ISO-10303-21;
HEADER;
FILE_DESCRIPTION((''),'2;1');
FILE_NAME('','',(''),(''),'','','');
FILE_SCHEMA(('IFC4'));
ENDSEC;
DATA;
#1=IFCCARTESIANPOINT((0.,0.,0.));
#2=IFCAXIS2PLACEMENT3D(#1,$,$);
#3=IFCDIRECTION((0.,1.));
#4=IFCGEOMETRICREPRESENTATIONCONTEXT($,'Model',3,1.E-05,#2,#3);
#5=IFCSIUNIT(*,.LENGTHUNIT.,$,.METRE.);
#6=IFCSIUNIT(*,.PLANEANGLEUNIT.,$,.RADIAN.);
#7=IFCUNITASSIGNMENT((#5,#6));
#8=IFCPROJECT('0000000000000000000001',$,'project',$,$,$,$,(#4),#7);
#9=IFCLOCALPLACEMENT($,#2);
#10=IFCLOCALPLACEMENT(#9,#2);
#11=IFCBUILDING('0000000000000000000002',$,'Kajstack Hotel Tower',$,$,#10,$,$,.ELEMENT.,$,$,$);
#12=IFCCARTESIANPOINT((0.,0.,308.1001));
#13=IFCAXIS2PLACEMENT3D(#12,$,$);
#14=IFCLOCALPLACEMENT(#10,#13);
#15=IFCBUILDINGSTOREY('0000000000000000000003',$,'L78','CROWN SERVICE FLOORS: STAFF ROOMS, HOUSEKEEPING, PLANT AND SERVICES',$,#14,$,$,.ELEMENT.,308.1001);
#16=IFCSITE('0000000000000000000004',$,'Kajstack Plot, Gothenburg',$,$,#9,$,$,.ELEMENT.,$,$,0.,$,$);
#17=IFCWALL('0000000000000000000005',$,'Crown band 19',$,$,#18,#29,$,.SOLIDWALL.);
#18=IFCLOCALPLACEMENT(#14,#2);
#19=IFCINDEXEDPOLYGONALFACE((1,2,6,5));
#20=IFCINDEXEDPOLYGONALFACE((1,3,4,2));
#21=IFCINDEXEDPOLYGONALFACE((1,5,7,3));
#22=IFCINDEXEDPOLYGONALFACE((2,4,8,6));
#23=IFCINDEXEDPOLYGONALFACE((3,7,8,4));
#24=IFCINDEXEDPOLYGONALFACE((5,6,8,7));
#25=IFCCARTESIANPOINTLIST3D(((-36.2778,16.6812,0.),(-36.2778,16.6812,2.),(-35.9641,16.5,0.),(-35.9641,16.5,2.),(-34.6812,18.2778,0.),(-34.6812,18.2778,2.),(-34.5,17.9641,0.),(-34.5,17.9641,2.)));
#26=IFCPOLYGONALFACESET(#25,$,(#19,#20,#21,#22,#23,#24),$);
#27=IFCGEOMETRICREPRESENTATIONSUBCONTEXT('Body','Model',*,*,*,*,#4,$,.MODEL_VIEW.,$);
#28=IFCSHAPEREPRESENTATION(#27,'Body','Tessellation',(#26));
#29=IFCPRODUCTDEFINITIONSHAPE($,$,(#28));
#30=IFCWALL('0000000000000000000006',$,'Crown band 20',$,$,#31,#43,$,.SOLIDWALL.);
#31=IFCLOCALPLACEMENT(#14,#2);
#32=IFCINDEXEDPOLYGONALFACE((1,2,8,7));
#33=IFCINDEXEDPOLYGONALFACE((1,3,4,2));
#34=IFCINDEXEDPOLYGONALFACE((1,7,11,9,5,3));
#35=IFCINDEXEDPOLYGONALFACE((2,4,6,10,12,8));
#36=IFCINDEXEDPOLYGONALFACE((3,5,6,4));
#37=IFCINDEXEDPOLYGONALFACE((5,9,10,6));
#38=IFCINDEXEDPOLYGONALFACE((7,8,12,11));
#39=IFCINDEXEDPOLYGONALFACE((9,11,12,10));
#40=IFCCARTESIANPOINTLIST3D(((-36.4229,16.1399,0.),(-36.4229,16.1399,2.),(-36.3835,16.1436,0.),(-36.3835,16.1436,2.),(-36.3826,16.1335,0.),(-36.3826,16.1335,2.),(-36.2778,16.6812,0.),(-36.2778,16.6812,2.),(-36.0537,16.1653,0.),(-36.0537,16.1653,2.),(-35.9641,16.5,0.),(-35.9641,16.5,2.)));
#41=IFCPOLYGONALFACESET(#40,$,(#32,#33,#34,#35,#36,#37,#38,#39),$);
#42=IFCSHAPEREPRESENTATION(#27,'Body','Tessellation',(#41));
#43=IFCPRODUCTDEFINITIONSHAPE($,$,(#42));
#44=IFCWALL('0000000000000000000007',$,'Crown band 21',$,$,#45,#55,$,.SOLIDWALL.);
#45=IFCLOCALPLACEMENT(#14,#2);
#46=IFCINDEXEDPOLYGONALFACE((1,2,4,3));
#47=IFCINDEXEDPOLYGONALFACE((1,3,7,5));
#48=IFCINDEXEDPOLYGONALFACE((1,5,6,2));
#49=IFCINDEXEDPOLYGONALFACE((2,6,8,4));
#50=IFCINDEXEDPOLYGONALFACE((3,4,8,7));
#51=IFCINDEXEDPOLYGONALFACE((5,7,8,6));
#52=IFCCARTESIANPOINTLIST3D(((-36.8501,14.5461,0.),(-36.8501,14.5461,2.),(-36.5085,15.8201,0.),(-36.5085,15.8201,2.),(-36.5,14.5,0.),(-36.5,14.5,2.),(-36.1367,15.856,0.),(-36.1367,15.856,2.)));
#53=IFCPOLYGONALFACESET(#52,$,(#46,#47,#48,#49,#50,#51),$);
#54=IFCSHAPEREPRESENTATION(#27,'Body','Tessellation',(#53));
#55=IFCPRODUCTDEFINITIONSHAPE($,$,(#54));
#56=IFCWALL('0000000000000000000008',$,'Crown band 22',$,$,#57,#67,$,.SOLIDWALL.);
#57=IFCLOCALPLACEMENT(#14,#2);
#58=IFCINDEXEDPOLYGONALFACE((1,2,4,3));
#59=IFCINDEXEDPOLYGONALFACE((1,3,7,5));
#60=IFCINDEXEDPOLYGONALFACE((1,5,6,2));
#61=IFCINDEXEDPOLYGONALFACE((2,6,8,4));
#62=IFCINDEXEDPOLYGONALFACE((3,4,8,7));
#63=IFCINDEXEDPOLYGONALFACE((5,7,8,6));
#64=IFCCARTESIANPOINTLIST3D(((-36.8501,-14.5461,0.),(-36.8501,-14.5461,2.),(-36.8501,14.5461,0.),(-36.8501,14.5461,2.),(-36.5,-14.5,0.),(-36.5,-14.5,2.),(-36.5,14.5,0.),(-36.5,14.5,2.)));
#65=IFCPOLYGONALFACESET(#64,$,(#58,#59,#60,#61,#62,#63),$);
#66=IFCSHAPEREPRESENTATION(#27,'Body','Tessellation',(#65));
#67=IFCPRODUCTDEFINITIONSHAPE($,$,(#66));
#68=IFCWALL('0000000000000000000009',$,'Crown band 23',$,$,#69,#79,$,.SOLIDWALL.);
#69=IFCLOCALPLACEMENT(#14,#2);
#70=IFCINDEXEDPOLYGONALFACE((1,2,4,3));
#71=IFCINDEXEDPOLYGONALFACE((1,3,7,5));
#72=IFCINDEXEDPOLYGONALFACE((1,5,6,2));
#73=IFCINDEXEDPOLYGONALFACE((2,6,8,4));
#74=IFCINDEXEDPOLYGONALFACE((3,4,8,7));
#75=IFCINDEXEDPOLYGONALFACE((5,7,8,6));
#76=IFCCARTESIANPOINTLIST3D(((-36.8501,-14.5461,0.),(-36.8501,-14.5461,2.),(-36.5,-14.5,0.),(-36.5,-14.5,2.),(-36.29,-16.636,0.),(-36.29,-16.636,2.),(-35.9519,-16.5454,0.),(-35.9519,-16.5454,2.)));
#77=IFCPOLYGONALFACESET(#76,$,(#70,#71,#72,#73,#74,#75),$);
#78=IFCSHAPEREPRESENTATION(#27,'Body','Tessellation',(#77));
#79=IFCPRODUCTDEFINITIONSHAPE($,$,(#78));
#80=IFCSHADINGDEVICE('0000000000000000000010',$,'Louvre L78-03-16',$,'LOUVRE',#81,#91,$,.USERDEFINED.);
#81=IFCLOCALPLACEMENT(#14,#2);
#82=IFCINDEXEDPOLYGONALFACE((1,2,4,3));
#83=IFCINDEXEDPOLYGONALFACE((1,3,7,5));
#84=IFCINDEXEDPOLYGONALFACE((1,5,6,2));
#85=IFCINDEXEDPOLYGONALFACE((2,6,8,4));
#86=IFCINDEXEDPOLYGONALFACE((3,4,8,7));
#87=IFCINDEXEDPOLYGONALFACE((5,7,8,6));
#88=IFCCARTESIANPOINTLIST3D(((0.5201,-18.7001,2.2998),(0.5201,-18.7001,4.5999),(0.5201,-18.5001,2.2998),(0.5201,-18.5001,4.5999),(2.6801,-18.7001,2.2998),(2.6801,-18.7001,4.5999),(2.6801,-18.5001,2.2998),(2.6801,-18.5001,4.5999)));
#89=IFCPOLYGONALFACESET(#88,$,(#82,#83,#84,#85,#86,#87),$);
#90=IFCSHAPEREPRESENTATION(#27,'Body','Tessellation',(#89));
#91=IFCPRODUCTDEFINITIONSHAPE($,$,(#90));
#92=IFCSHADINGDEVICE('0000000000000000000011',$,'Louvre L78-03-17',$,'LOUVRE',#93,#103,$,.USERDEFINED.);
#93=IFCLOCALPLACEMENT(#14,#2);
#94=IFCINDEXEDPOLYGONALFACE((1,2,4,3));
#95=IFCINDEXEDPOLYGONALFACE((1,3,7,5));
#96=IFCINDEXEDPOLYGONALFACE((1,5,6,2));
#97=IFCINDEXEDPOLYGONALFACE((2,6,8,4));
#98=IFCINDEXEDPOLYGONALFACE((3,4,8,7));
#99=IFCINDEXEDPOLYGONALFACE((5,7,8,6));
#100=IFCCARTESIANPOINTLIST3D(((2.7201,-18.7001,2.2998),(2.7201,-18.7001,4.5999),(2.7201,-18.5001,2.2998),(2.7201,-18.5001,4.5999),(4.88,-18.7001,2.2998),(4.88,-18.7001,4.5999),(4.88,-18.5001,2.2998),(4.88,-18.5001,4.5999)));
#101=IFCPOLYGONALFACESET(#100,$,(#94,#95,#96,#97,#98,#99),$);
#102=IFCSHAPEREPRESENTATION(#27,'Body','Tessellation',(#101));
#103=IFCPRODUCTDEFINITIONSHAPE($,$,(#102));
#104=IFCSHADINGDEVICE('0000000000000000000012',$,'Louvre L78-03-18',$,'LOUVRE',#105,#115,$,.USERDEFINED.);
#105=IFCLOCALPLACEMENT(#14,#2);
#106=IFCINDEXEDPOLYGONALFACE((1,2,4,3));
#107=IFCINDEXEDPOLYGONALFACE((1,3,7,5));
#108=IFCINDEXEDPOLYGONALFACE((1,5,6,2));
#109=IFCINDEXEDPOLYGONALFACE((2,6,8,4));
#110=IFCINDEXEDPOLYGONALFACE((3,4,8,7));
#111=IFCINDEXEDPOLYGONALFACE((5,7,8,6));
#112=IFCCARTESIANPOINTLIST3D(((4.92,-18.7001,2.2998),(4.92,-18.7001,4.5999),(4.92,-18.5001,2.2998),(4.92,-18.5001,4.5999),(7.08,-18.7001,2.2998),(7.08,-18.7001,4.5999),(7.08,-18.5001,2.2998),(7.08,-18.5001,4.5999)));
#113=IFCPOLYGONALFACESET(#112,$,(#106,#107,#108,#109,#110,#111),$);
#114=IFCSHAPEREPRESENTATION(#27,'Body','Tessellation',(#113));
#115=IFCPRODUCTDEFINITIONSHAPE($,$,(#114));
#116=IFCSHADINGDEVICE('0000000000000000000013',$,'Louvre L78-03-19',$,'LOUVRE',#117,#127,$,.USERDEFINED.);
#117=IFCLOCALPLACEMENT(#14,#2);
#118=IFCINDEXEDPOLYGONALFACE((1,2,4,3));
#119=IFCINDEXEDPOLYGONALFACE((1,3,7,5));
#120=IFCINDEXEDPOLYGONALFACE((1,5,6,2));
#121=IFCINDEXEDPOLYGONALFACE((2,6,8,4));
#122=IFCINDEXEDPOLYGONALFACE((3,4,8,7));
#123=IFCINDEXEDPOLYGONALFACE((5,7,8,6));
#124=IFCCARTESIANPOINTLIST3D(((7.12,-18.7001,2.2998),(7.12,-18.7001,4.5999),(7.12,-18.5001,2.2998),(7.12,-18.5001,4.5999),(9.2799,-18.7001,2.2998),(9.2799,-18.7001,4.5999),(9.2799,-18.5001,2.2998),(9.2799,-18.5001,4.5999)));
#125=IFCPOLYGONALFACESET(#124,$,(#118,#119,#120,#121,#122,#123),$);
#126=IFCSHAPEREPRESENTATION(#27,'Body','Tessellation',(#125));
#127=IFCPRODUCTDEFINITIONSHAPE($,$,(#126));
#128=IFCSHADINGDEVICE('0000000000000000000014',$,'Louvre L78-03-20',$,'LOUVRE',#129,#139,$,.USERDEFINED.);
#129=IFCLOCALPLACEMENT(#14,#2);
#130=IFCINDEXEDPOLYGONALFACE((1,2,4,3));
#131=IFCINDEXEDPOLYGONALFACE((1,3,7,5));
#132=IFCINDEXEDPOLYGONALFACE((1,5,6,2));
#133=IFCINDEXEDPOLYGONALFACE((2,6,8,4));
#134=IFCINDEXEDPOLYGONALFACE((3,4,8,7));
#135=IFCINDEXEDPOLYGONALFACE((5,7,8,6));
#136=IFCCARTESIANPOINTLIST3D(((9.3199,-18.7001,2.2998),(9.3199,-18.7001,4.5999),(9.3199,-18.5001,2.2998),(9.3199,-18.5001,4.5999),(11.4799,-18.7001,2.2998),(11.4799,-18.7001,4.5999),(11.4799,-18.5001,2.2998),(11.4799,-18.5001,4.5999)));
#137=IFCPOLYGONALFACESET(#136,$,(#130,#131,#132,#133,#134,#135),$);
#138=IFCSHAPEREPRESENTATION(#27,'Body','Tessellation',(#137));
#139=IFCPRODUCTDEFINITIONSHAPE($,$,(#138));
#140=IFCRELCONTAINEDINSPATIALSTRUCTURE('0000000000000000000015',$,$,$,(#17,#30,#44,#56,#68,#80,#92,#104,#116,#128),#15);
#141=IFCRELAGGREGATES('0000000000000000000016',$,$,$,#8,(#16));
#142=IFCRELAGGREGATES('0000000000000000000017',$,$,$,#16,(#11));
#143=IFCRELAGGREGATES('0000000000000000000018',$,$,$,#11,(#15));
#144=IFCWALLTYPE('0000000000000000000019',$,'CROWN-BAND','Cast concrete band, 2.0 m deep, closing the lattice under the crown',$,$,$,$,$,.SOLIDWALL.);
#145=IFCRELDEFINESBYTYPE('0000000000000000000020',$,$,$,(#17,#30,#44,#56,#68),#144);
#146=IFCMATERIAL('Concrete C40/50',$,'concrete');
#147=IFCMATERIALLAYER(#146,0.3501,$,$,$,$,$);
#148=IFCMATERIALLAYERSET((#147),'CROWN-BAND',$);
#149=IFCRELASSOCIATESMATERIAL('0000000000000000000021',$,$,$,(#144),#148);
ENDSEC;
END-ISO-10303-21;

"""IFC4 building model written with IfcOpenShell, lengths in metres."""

from ifc_helpers import new_model, si_unit, direction, frame, origin, origin_2d, place, context, subcontext, project, spatial, polyline, rectangle, outline, extrude, material, layer, layer_set, type_object, element, save


model = new_model("IFC4")

# Units and contexts
model_context = context("Model", 3, precision=1e-05, world=origin(), true_north=direction((0.0, 1.0)))
body_context = subcontext(model_context, "Body", "Model", "MODEL_VIEW")
ifc_project = project(units=[si_unit("LENGTHUNIT", "METRE"), si_unit("PLANEANGLEUNIT", "RADIAN")], contexts=[model_context])

# Site, building, storey
site_placement = place(None, origin())
site = spatial("IfcSite", under=ifc_project, at=site_placement, Name="Kajstack Plot, Gothenburg", CompositionType="ELEMENT", RefElevation=0.0)
building_placement = place(site_placement, origin())
building = spatial("IfcBuilding", under=site, at=building_placement, Name="Kajstack Hotel Tower", CompositionType="ELEMENT")
storey_placement = place(building_placement, frame((0.0, 0.0, 308.1001)))
storey = spatial("IfcBuildingStorey", under=building, at=storey_placement, Name="L78", Description="CROWN SERVICE FLOORS: STAFF ROOMS, HOUSEKEEPING, PLANT AND SERVICES", CompositionType="ELEMENT", Elevation=308.1001)

# Shared definitions
ifc_material_1 = material(Name="Concrete C40/50", Category="concrete")

# Walls
ifc_layer_1 = layer(ifc_material_1, 0.3501)
ifc_layer_set_1 = layer_set([ifc_layer_1], Name="CROWN-BAND")
wall_type = type_object("IfcWallType", Name="CROWN-BAND", Description="Cast concrete band, 2.0 m deep, closing the lattice under the crown", PredefinedType="SOLIDWALL", material=ifc_layer_set_1)
wall_1_placement = place(storey_placement, origin())
element("IfcWall", 1, at=wall_1_placement, inside=storey, type_object=wall_type, Name="Crown band 19", PredefinedType="SOLIDWALL", context=body_context, shape_type="SweptSolid", body=[
    extrude(outline(polyline([(-34.5, 17.9641), (-34.6812, 18.2778), (-36.2778, 16.6812), (-35.9641, 16.5), (-34.5, 17.9641)])), origin(), (0.0, 0.0, 1.0), 2.0),
])
wall_2_placement = place(storey_placement, origin())
element("IfcWall", 2, at=wall_2_placement, inside=storey, type_object=wall_type, Name="Crown band 20", PredefinedType="SOLIDWALL", context=body_context, shape_type="SweptSolid", body=[
    extrude(outline(polyline([(-35.9641, 16.5), (-36.2778, 16.6812), (-36.4229, 16.1399), (-36.3835, 16.1436), (-36.3826, 16.1335), (-36.0537, 16.1653), (-35.9641, 16.5)])), origin(), (0.0, 0.0, 1.0), 2.0),
])
wall_3_placement = place(storey_placement, origin())
element("IfcWall", 3, at=wall_3_placement, inside=storey, type_object=wall_type, Name="Crown band 21", PredefinedType="SOLIDWALL", context=body_context, shape_type="SweptSolid", body=[
    extrude(outline(polyline([(-36.1367, 15.856), (-36.5085, 15.8201), (-36.8501, 14.5461), (-36.5, 14.5), (-36.1367, 15.856)])), origin(), (0.0, 0.0, 1.0), 2.0),
])
wall_4_placement = place(storey_placement, origin())
element("IfcWall", 4, at=wall_4_placement, inside=storey, type_object=wall_type, Name="Crown band 22", PredefinedType="SOLIDWALL", context=body_context, shape_type="SweptSolid", body=[
    extrude(outline(polyline([(-36.5, 14.5), (-36.8501, 14.5461), (-36.8501, -14.5461), (-36.5, -14.5), (-36.5, 14.5)])), origin(), (0.0, 0.0, 1.0), 2.0),
])
wall_5_placement = place(storey_placement, origin())
element("IfcWall", 5, at=wall_5_placement, inside=storey, type_object=wall_type, Name="Crown band 23", PredefinedType="SOLIDWALL", context=body_context, shape_type="SweptSolid", body=[
    extrude(outline(polyline([(-36.5, -14.5), (-36.8501, -14.5461), (-36.29, -16.636), (-35.9519, -16.5454), (-36.5, -14.5)])), origin(), (0.0, 0.0, 1.0), 2.0),
])

# Shading devices
for number, where, z_axis, x_axis, name in (
    (6, (1.6001, -18.6001, 2.2998), (0.0, 0.0, 1.0), (1.0, 0.0, 0.0), "Louvre L78-03-16"),
    (7, (3.8, -18.6001, 2.2998), (0.0, 0.0, 1.0), (1.0, 0.0, 0.0), "Louvre L78-03-17"),
    (8, (6.0, -18.6001, 2.2998), (0.0, 0.0, 1.0), (1.0, 0.0, 0.0), "Louvre L78-03-18"),
    (9, (8.2, -18.6001, 2.2998), (0.0, 0.0, 1.0), (1.0, 0.0, 0.0), "Louvre L78-03-19"),
    (10, (10.3999, -18.6001, 2.2998), (0.0, 0.0, 1.0), (1.0, 0.0, 0.0), "Louvre L78-03-20"),
):
    element("IfcShadingDevice", number, at=place(storey_placement, frame(where, z_axis=z_axis, x_axis=x_axis)), inside=storey, Name=name, ObjectType="LOUVRE", PredefinedType="USERDEFINED", context=body_context, shape_type="SweptSolid", body=[
        extrude(rectangle(XDim=2.1599, YDim=0.2, at=origin_2d()), origin(), (0.0, 0.0, 1.0), 2.3),
    ])

save(model, "model.ifc")
